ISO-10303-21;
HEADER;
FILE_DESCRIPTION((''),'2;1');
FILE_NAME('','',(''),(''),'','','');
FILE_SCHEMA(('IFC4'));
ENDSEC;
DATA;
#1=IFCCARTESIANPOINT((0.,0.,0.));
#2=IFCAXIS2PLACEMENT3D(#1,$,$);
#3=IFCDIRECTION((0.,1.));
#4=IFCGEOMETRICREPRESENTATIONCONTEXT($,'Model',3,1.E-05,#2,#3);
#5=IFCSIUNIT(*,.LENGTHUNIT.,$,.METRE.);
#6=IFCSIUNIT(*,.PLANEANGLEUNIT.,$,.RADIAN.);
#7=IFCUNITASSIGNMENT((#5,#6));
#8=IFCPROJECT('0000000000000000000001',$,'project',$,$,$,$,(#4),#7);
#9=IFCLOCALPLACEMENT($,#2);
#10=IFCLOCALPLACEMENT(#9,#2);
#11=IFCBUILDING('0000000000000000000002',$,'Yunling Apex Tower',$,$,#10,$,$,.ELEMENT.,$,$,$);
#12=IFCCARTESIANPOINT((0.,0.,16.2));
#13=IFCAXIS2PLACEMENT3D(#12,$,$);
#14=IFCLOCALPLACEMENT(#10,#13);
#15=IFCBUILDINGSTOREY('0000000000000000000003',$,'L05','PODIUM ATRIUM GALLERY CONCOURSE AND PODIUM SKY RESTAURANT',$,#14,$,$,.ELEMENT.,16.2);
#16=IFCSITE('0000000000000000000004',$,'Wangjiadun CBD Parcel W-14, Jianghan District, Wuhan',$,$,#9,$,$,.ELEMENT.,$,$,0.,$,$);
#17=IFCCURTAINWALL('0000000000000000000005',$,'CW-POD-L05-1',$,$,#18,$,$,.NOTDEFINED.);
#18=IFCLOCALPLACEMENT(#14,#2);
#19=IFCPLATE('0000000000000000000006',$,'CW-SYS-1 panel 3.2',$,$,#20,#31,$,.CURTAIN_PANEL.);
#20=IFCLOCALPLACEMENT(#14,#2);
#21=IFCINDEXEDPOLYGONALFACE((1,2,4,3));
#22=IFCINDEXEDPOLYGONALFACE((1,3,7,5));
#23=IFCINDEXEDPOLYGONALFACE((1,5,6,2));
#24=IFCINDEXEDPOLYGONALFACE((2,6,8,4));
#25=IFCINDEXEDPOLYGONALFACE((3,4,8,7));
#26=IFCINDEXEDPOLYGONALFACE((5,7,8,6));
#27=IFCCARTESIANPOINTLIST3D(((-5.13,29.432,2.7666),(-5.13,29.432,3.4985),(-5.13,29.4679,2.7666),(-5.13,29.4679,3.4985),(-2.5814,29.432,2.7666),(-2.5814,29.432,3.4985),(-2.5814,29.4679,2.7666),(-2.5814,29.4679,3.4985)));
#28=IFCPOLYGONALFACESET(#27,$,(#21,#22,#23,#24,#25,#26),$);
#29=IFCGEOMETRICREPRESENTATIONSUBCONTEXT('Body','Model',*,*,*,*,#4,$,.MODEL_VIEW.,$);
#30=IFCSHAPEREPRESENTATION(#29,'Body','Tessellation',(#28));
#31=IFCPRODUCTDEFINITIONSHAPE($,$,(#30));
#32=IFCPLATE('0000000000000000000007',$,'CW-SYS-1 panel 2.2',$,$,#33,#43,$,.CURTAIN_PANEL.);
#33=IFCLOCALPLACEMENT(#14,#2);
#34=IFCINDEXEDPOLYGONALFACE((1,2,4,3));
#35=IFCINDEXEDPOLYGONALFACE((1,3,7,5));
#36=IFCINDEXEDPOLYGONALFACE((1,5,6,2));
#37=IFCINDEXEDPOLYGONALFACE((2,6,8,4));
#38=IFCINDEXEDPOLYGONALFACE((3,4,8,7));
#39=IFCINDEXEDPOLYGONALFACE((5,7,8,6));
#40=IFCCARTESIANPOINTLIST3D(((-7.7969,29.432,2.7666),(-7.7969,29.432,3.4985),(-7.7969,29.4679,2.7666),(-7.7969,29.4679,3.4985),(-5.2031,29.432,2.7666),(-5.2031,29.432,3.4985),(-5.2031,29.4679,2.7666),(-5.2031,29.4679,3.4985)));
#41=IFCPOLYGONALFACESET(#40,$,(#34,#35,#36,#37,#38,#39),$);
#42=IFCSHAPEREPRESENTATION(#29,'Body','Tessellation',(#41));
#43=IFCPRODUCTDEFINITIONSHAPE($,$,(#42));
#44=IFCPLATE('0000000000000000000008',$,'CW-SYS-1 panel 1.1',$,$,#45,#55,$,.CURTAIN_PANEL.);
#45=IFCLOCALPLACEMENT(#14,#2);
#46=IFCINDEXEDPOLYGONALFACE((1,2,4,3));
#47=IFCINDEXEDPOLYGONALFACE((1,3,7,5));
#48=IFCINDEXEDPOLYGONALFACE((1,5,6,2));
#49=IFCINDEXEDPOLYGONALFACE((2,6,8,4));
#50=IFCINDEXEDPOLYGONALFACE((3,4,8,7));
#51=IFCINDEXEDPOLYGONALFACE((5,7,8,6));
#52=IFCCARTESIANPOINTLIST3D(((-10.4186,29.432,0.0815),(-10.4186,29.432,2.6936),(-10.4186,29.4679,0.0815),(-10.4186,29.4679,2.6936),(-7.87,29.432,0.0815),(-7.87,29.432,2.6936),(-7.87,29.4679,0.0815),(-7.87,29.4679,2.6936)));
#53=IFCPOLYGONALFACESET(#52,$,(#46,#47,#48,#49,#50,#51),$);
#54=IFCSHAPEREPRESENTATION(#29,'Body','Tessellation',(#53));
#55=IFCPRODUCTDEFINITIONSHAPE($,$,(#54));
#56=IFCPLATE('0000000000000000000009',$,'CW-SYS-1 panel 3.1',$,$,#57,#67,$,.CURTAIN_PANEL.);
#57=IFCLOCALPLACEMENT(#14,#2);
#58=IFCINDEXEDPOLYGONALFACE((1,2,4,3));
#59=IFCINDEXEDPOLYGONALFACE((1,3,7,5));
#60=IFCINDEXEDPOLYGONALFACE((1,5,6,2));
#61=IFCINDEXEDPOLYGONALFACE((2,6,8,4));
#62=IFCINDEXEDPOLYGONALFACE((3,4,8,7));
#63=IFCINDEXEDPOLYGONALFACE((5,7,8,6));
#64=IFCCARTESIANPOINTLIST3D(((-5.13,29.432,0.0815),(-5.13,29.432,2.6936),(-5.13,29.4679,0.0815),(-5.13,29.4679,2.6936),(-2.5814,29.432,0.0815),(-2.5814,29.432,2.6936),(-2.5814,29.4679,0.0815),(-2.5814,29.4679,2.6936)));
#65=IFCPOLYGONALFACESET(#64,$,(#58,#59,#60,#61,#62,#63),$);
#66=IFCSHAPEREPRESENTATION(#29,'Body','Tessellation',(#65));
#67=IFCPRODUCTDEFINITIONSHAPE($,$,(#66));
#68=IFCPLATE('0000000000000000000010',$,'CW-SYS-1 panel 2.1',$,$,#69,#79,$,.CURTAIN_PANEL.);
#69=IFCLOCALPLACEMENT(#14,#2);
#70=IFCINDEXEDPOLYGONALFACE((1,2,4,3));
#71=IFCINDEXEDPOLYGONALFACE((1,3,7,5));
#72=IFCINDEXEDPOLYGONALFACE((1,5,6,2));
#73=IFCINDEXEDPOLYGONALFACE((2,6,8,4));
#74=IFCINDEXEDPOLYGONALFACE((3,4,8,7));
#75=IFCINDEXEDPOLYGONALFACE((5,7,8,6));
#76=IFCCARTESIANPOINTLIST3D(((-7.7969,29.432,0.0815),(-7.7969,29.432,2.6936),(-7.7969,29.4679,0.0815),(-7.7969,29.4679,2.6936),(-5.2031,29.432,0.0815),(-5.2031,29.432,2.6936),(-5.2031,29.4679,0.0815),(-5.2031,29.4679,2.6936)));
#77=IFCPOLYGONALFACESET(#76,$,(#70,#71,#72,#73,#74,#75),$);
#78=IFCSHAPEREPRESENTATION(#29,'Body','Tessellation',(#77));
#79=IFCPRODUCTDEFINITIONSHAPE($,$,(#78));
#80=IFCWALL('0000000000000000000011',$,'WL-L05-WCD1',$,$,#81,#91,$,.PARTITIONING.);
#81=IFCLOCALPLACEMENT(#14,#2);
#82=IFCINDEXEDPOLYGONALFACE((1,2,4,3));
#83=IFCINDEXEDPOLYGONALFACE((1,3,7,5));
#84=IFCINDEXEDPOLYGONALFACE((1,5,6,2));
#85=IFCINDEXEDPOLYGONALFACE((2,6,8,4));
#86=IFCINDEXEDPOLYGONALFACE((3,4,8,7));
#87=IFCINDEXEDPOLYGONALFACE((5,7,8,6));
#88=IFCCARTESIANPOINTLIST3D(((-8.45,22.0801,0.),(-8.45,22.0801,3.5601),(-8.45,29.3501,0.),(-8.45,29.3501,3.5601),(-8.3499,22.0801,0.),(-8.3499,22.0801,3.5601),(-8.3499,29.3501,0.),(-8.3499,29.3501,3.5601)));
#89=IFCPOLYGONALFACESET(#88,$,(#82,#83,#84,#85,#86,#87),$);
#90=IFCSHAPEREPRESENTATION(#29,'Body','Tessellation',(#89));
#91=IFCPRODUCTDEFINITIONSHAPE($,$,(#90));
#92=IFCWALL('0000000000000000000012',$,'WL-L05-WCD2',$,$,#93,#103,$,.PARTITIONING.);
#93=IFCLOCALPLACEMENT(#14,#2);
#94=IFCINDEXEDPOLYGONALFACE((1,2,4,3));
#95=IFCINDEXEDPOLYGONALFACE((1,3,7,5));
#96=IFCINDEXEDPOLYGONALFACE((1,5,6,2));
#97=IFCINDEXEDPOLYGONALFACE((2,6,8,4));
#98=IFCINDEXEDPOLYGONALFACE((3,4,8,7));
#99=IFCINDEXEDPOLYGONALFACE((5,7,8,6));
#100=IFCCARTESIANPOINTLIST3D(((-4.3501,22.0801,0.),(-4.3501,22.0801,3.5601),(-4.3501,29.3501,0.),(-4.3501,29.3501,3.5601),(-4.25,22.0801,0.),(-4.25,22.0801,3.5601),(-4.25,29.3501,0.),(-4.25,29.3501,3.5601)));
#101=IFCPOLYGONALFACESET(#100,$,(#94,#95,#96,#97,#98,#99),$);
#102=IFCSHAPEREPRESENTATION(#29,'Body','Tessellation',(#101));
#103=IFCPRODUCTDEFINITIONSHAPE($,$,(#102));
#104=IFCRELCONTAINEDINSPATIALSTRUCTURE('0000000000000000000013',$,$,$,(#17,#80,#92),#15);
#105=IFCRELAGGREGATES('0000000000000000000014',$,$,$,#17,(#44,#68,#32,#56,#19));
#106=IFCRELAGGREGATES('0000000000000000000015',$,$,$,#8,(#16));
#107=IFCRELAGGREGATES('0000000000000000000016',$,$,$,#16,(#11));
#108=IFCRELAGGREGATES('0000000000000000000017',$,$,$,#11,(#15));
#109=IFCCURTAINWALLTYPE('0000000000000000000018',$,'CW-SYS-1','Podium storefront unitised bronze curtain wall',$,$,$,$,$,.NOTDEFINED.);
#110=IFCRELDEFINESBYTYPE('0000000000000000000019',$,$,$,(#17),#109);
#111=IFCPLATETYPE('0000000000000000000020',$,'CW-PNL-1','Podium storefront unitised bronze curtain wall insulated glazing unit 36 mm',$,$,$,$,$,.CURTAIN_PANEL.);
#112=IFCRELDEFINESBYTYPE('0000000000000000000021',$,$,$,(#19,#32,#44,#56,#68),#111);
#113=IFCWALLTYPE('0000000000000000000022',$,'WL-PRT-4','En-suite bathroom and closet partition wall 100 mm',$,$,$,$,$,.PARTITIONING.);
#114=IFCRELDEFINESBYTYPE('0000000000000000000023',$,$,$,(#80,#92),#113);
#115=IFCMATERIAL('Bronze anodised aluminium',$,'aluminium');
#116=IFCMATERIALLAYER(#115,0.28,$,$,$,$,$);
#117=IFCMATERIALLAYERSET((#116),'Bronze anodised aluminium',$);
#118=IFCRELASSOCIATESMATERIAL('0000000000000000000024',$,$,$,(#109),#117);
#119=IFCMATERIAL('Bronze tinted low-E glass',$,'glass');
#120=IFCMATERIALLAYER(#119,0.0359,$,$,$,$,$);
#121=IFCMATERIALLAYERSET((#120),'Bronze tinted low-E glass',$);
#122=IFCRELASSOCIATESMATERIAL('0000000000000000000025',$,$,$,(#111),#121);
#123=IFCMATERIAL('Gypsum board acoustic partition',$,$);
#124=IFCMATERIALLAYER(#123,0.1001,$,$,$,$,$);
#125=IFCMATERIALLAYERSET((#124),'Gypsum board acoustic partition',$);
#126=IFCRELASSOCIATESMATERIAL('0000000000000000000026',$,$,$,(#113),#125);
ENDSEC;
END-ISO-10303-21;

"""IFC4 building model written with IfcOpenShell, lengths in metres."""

from ifc_helpers import new_model, si_unit, direction, frame, frame_2d, origin, origin_2d, place, context, subcontext, project, spatial, rectangle, extrude, source, transform, mapped, material, layer, layer_set, type_object, element, aggregate, save


model = new_model("IFC4")

# Units and contexts
model_context = context("Model", 3, precision=1e-05, world=origin(), true_north=direction((0.0, 1.0)))
body_context = subcontext(model_context, "Body", "Model", "MODEL_VIEW")
ifc_project = project(units=[si_unit("LENGTHUNIT", "METRE"), si_unit("PLANEANGLEUNIT", "RADIAN")], contexts=[model_context])

# Site, building, storey
site_placement = place(None, origin())
site = spatial("IfcSite", under=ifc_project, at=site_placement, Name="Wangjiadun CBD Parcel W-14, Jianghan District, Wuhan", CompositionType="ELEMENT", RefElevation=0.0)
building_placement = place(site_placement, origin())
building = spatial("IfcBuilding", under=site, at=building_placement, Name="Yunling Apex Tower", CompositionType="ELEMENT")
storey_placement = place(building_placement, frame((0.0, 0.0, 16.2)))
storey = spatial("IfcBuildingStorey", under=building, at=storey_placement, Name="L05", Description="PODIUM ATRIUM GALLERY CONCOURSE AND PODIUM SKY RESTAURANT", CompositionType="ELEMENT", Elevation=16.2)

# Curtain wall, plates
ifc_material_1 = material(Name="Bronze anodised aluminium", Category="aluminium")
ifc_layer_1 = layer(ifc_material_1, 0.28)
ifc_layer_set_1 = layer_set([ifc_layer_1], Name="Bronze anodised aluminium")
curtain_wall_type = type_object("IfcCurtainWallType", Name="CW-SYS-1", Description="Podium storefront unitised bronze curtain wall", PredefinedType="NOTDEFINED", material=ifc_layer_set_1)
curtain_wall_placement = place(storey_placement, origin())
curtain_wall = element("IfcCurtainWall", 1, at=curtain_wall_placement, inside=storey, type_object=curtain_wall_type, Name="CW-POD-L05-1", PredefinedType="NOTDEFINED")
ifc_material_2 = material(Name="Bronze tinted low-E glass", Category="glass")
ifc_layer_2 = layer(ifc_material_2, 0.0359)
ifc_layer_set_2 = layer_set([ifc_layer_2], Name="Bronze tinted low-E glass")
plate_type = type_object("IfcPlateType", Name="CW-PNL-1", Description="Podium storefront unitised bronze curtain wall insulated glazing unit 36 mm", PredefinedType="CURTAIN_PANEL", material=ifc_layer_set_2)
shared_shape_1 = source(origin(), body_context, "Body", "SweptSolid", [
    extrude(rectangle(XDim=2.5486, YDim=0.0359, at=origin_2d()), origin(), (0.0, 0.0, 1.0), 0.7319),
])
plate_1_placement = place(storey_placement, frame((-3.8557, 29.45, 2.7666), z_axis=(0.0, 0.0, 1.0), x_axis=(1.0, 0.0, 0.0)))
plate_1 = element("IfcPlate", 2, at=plate_1_placement, type_object=plate_type, Name="CW-SYS-1 panel 3.2", PredefinedType="CURTAIN_PANEL", context=body_context, shape_type="MappedRepresentation", body=[
    mapped(shared_shape_1, transform((0.0, 0.0, 0.0), scale=1.0)),
])
shared_shape_2 = source(origin(), body_context, "Body", "SweptSolid", [
    extrude(rectangle(XDim=2.5938, YDim=0.0359, at=origin_2d()), origin(), (0.0, 0.0, 1.0), 0.7319),
])
plate_2_placement = place(storey_placement, frame((-6.5, 29.45, 2.7666), z_axis=(0.0, 0.0, 1.0), x_axis=(1.0, 0.0, 0.0)))
plate_2 = element("IfcPlate", 3, at=plate_2_placement, type_object=plate_type, Name="CW-SYS-1 panel 2.2", PredefinedType="CURTAIN_PANEL", context=body_context, shape_type="MappedRepresentation", body=[
    mapped(shared_shape_2, transform((0.0, 0.0, 0.0), scale=1.0)),
])
shared_shape_3 = source(origin(), body_context, "Body", "SweptSolid", [
    extrude(rectangle(XDim=2.5486, YDim=0.0359, at=origin_2d()), origin(), (0.0, 0.0, 1.0), 2.6121),
])
plate_3_placement = place(storey_placement, frame((-9.1443, 29.45, 0.0815), z_axis=(0.0, 0.0, 1.0), x_axis=(1.0, 0.0, 0.0)))
plate_3 = element("IfcPlate", 4, at=plate_3_placement, type_object=plate_type, Name="CW-SYS-1 panel 1.1", PredefinedType="CURTAIN_PANEL", context=body_context, shape_type="MappedRepresentation", body=[
    mapped(shared_shape_3, transform((0.0, 0.0, 0.0), scale=1.0)),
])
plate_4_placement = place(storey_placement, frame((-3.8557, 29.45, 0.0815), z_axis=(0.0, 0.0, 1.0), x_axis=(1.0, 0.0, 0.0)))
plate_4 = element("IfcPlate", 5, at=plate_4_placement, type_object=plate_type, Name="CW-SYS-1 panel 3.1", PredefinedType="CURTAIN_PANEL", context=body_context, shape_type="MappedRepresentation", body=[
    mapped(shared_shape_3, transform((0.0, 0.0, 0.0), scale=1.0)),
])
shared_shape_4 = source(origin(), body_context, "Body", "SweptSolid", [
    extrude(rectangle(XDim=2.5938, YDim=0.0359, at=origin_2d()), origin(), (0.0, 0.0, 1.0), 2.6121),
])
plate_5_placement = place(storey_placement, frame((-6.5, 29.45, 0.0815), z_axis=(0.0, 0.0, 1.0), x_axis=(1.0, 0.0, 0.0)))
plate_5 = element("IfcPlate", 6, at=plate_5_placement, type_object=plate_type, Name="CW-SYS-1 panel 2.1", PredefinedType="CURTAIN_PANEL", context=body_context, shape_type="MappedRepresentation", body=[
    mapped(shared_shape_4, transform((0.0, 0.0, 0.0), scale=1.0)),
])
aggregate(curtain_wall, [plate_3, plate_5, plate_2, plate_4, plate_1])

# Walls
ifc_material_3 = material(Name="Gypsum board acoustic partition")
ifc_layer_3 = layer(ifc_material_3, 0.1001)
ifc_layer_set_3 = layer_set([ifc_layer_3], Name="Gypsum board acoustic partition")
wall_type = type_object("IfcWallType", Name="WL-PRT-4", Description="En-suite bathroom and closet partition wall 100 mm", PredefinedType="PARTITIONING", material=ifc_layer_set_3)
for number, where, z_axis, x_axis, name in (
    (7, (-8.3999, 22.0801, 0.0), (0.0, 0.0, 1.0), (0.0, 1.0, 0.0), "WL-L05-WCD1"),
    (8, (-4.3, 22.0801, 0.0), (0.0, 0.0, 1.0), (0.0, 1.0, 0.0), "WL-L05-WCD2"),
):
    element("IfcWall", number, at=place(storey_placement, frame(where, z_axis=z_axis, x_axis=x_axis)), inside=storey, type_object=wall_type, Name=name, PredefinedType="PARTITIONING", context=body_context, shape_type="SweptSolid", body=[
        extrude(rectangle(XDim=7.27, YDim=0.1001, at=frame_2d((3.635, 0.0))), origin(), (0.0, 0.0, 1.0), 3.5601),
    ])

save(model, "model.ifc")
